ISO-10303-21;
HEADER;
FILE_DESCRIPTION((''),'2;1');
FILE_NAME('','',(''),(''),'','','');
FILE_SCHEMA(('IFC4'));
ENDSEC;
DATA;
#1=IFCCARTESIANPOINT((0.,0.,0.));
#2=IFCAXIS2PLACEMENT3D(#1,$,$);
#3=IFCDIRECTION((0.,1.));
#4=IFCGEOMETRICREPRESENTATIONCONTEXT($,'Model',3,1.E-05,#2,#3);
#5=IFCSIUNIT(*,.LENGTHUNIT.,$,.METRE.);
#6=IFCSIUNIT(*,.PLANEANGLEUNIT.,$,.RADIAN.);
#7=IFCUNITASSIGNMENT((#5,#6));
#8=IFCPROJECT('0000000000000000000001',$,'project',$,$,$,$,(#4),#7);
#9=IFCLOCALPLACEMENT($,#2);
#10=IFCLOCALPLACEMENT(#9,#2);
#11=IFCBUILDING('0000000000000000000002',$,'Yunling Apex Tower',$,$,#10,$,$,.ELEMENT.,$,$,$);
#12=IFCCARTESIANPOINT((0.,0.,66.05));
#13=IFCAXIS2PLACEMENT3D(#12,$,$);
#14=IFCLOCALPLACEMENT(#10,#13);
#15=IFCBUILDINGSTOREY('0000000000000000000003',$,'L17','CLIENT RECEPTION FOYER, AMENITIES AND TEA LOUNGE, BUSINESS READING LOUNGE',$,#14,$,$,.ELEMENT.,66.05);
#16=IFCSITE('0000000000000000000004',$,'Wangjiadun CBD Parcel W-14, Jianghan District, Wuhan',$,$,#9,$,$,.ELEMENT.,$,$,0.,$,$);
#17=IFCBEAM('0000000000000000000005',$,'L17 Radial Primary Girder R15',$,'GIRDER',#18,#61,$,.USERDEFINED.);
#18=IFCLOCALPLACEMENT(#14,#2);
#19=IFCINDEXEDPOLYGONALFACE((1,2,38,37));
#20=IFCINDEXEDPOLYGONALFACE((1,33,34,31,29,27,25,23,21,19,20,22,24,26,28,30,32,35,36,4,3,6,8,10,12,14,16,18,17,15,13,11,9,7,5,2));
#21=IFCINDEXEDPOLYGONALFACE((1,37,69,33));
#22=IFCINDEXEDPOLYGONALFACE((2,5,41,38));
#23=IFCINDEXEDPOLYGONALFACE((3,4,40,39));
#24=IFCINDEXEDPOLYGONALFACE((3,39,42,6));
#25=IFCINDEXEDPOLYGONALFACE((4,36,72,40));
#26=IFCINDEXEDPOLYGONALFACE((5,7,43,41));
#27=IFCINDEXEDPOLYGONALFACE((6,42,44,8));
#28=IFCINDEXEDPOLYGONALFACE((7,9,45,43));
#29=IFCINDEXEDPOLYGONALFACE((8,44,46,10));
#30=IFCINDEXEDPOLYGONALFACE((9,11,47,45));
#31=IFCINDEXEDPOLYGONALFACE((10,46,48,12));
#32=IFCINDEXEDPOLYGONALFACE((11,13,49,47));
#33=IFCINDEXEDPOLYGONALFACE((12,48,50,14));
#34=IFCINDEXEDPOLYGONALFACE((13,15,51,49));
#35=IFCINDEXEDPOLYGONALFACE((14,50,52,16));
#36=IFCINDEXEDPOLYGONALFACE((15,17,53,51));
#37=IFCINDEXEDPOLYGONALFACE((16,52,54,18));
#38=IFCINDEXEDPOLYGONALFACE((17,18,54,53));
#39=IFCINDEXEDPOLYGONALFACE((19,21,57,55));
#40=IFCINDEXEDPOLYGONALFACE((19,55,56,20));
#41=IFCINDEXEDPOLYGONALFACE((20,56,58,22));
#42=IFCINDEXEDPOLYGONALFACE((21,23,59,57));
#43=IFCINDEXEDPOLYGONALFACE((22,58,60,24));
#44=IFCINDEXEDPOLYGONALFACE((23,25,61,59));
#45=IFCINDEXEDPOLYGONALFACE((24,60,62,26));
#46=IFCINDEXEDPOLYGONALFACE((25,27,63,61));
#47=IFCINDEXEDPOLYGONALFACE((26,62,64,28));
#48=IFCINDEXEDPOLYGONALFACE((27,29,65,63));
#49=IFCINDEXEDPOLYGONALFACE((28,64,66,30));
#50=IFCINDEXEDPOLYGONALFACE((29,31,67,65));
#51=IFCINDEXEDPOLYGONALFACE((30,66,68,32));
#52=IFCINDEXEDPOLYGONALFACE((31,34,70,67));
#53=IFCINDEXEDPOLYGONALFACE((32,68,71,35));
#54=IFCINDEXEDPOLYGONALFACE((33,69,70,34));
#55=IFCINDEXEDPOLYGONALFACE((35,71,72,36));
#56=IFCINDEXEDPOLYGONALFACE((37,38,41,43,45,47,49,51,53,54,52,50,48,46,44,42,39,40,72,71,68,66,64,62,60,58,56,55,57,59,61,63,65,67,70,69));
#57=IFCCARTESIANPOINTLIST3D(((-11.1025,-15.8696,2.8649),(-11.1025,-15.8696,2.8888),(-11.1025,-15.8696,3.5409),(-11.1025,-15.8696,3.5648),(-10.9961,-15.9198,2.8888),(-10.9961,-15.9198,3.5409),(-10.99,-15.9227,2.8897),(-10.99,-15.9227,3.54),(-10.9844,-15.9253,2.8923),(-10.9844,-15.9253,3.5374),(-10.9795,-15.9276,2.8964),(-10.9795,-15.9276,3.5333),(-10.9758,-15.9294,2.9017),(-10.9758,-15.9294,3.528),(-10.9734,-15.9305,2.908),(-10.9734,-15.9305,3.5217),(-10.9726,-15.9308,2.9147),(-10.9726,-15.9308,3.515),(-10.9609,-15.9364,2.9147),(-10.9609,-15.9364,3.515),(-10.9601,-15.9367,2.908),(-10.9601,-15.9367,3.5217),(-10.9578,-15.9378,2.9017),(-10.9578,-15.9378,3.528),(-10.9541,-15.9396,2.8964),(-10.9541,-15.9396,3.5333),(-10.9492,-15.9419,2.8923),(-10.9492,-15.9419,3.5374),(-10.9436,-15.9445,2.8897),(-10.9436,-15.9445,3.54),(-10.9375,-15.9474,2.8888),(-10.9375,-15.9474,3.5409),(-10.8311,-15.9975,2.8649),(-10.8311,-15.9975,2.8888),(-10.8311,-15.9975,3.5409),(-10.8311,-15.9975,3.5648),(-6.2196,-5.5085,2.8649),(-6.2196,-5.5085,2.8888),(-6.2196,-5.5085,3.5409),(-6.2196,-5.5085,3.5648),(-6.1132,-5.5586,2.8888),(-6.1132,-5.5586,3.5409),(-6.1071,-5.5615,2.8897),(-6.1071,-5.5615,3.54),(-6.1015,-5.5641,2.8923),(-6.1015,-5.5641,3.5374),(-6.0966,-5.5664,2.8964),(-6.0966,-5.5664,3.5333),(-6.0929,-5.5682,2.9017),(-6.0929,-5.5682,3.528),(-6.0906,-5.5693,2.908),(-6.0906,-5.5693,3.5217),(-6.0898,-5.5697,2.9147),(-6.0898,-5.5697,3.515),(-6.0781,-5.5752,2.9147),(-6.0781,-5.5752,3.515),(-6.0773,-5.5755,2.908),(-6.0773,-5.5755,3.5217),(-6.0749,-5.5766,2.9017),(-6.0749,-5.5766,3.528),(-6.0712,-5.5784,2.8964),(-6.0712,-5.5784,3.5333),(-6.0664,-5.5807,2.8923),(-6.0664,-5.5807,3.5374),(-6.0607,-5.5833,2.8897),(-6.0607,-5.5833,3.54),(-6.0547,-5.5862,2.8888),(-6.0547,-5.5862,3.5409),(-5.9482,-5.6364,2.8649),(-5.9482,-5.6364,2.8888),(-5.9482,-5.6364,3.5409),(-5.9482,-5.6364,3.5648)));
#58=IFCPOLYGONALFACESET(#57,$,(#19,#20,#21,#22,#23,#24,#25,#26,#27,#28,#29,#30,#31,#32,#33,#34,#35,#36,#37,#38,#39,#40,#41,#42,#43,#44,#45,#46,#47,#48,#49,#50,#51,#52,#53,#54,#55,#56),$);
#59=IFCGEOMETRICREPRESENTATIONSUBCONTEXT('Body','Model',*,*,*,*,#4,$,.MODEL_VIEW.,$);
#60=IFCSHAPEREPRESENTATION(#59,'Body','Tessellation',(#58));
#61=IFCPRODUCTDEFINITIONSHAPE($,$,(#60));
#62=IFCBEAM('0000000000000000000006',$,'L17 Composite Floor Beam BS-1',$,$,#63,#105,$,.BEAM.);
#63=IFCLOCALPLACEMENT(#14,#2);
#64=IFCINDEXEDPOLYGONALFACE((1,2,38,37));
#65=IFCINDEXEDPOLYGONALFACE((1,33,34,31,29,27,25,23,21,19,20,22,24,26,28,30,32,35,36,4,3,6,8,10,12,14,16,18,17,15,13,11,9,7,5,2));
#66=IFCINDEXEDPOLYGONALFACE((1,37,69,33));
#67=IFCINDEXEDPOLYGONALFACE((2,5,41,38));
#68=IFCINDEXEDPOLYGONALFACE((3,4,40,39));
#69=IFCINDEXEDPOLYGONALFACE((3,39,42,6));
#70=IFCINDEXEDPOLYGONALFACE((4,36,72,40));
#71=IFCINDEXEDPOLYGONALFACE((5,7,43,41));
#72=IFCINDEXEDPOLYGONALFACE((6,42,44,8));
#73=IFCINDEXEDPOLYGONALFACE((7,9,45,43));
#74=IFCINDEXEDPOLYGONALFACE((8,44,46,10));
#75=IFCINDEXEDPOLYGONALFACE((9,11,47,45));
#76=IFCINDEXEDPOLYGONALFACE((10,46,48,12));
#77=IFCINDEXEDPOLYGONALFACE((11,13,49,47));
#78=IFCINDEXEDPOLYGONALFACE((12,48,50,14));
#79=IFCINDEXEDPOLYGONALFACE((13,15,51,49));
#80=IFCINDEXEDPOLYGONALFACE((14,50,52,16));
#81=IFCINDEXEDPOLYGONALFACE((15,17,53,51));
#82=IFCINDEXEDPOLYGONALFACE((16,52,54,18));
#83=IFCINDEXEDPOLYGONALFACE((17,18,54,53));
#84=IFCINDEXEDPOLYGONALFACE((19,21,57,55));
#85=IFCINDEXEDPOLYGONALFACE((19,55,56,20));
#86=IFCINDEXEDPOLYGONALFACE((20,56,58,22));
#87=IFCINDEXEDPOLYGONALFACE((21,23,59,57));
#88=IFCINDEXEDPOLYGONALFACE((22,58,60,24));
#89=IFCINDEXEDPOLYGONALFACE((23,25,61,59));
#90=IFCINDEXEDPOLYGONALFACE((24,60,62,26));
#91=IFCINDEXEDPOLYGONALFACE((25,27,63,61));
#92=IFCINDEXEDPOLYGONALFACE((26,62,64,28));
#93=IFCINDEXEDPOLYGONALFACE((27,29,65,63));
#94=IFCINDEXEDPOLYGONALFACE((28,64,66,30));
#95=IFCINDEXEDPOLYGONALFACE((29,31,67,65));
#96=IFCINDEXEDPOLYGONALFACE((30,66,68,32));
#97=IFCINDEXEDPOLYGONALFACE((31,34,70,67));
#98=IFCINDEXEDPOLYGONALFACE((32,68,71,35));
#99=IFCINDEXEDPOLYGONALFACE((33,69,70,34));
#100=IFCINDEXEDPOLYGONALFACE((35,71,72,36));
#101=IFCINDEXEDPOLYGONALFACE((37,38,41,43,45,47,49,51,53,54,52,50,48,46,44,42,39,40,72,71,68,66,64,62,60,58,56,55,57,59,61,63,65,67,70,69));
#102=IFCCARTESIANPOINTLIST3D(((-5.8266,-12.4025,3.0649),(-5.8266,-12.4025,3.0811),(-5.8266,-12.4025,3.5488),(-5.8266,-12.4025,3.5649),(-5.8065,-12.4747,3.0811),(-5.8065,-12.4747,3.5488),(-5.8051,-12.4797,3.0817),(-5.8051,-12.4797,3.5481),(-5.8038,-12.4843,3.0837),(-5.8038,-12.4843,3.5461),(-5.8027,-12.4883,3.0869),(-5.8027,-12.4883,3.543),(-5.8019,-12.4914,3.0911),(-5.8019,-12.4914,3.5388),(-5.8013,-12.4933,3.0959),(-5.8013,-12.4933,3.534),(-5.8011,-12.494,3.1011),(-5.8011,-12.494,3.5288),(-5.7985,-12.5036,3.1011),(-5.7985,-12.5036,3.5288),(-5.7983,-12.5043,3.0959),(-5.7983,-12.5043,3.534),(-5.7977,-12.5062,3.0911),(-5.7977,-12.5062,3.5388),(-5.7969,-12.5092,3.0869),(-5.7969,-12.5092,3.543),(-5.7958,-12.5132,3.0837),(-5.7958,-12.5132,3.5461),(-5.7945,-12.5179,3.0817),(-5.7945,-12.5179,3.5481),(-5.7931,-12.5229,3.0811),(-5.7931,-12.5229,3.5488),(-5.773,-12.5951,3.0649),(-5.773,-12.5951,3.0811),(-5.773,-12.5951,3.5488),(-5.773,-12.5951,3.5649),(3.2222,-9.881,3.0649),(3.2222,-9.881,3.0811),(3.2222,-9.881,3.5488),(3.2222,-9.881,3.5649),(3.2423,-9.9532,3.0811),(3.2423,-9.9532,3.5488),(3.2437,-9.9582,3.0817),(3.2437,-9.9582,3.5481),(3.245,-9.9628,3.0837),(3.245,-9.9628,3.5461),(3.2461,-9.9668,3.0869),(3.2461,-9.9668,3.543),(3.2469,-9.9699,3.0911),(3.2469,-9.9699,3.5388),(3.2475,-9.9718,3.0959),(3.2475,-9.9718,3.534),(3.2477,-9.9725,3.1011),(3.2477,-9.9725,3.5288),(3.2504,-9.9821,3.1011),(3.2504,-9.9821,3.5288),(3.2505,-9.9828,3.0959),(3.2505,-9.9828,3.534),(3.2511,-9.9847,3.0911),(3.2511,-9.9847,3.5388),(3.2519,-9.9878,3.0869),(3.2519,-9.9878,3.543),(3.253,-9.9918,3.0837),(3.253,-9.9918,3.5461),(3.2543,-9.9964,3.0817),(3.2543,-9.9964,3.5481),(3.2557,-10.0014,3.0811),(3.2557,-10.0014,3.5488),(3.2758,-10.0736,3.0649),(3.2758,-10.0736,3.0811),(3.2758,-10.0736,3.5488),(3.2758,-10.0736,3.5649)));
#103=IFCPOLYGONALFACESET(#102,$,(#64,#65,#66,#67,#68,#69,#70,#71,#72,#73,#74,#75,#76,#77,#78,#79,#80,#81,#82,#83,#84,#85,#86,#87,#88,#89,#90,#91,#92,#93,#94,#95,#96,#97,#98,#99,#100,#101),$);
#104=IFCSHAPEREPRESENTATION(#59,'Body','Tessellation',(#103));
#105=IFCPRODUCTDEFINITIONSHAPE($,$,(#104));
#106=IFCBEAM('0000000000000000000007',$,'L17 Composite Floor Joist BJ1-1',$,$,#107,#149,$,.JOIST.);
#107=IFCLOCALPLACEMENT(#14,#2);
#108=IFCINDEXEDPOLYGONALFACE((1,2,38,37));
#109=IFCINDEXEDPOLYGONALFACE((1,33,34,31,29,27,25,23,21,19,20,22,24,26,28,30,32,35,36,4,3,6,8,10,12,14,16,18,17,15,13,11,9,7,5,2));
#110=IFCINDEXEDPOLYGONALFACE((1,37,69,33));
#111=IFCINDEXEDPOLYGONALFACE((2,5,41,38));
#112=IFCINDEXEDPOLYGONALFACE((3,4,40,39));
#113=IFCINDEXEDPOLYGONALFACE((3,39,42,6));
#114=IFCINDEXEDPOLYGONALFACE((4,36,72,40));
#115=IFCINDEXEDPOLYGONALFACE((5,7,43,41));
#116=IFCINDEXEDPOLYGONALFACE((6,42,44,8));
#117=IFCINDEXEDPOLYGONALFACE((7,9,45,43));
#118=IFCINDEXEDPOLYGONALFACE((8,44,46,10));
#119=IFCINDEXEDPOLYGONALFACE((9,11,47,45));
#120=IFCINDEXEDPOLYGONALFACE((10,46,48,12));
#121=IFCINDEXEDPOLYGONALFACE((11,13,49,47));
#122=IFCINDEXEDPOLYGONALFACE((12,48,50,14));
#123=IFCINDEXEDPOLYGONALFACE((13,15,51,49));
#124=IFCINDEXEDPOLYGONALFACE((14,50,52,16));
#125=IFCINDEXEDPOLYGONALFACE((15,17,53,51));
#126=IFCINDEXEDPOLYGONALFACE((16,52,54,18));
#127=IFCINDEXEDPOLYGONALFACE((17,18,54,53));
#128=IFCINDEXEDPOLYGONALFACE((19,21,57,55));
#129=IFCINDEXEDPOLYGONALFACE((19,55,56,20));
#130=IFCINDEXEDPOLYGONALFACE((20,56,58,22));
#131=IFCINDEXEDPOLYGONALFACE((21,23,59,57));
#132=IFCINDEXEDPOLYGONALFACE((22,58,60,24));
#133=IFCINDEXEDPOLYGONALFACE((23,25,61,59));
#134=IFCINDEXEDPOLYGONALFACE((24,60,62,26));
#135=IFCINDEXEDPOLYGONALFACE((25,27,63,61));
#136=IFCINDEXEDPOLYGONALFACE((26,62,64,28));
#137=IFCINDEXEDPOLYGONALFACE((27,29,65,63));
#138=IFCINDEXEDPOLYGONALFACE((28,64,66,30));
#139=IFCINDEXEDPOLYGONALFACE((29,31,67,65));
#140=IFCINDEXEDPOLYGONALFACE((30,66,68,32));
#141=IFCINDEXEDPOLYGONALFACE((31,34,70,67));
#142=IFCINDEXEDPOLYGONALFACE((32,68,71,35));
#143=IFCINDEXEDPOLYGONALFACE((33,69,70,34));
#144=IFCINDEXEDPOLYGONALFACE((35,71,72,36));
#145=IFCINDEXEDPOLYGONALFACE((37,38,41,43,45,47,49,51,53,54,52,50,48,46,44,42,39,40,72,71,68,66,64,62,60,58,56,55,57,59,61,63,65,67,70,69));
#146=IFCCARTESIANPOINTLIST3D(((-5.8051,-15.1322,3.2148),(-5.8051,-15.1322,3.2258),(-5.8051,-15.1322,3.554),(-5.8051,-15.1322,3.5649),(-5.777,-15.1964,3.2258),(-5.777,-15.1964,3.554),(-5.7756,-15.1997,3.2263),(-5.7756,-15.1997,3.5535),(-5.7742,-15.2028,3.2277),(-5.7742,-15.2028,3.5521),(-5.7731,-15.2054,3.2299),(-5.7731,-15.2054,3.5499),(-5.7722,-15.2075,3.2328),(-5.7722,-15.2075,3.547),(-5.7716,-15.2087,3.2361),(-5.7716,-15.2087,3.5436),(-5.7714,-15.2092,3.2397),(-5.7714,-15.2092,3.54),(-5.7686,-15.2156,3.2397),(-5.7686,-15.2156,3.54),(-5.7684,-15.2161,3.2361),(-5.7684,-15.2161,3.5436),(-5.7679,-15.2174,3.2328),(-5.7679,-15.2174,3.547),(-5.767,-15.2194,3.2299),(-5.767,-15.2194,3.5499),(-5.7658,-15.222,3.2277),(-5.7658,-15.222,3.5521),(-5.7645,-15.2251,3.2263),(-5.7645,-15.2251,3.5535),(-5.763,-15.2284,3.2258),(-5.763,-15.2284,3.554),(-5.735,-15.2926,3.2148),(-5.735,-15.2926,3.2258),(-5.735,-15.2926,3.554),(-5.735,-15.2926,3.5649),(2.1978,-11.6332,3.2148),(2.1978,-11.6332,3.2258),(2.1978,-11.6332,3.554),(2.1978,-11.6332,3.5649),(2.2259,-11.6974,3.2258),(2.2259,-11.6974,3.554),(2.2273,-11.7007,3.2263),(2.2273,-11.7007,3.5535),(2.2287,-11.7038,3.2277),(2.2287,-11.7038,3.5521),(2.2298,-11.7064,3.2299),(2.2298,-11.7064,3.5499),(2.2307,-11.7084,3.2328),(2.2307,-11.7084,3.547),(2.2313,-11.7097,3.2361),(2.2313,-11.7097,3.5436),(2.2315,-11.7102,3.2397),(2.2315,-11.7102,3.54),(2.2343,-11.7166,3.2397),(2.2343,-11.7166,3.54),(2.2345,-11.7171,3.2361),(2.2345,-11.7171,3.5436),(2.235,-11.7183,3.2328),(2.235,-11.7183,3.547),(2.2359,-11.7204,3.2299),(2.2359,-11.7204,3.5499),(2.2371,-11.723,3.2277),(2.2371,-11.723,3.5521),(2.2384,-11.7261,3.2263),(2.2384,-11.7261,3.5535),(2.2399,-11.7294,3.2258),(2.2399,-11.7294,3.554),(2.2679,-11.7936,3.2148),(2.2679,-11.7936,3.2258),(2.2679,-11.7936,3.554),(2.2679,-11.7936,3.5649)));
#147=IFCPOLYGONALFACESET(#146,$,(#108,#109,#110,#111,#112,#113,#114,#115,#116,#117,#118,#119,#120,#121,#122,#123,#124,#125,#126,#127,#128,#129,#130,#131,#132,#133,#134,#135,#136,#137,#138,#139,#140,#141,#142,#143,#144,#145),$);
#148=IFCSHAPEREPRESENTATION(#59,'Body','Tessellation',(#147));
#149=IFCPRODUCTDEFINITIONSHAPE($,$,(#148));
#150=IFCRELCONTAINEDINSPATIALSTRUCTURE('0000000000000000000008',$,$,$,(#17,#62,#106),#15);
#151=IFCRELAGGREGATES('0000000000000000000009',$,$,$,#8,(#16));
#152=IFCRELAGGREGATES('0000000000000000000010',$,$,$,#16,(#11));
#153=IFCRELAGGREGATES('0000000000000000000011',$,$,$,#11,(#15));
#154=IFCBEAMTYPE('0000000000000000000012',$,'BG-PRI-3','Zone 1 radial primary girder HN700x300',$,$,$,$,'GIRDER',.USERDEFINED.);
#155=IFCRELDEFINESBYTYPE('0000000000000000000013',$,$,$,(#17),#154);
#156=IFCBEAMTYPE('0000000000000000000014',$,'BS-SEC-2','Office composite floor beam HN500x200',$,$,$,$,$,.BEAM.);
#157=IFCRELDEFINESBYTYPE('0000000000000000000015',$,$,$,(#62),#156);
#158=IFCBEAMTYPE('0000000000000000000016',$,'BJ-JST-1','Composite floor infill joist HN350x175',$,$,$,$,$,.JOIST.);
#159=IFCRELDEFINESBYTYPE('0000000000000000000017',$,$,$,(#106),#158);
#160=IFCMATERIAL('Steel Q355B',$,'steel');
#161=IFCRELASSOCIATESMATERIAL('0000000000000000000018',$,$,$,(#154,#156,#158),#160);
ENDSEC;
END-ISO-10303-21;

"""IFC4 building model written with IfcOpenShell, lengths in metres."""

from ifc_helpers import new_model, si_unit, direction, frame, origin, origin_2d, place, context, subcontext, project, spatial, i_section, extrude, source, transform, mapped, material, material_profile, profile_set, type_object, element, save


model = new_model("IFC4")

# Units and contexts
model_context = context("Model", 3, precision=1e-05, world=origin(), true_north=direction((0.0, 1.0)))
body_context = subcontext(model_context, "Body", "Model", "MODEL_VIEW")
ifc_project = project(units=[si_unit("LENGTHUNIT", "METRE"), si_unit("PLANEANGLEUNIT", "RADIAN")], contexts=[model_context])

# Site, building, storey
site_placement = place(None, origin())
site = spatial("IfcSite", under=ifc_project, at=site_placement, Name="Wangjiadun CBD Parcel W-14, Jianghan District, Wuhan", CompositionType="ELEMENT", RefElevation=0.0)
building_placement = place(site_placement, origin())
building = spatial("IfcBuilding", under=site, at=building_placement, Name="Yunling Apex Tower", CompositionType="ELEMENT")
storey_placement = place(building_placement, frame((0.0, 0.0, 66.05)))
storey = spatial("IfcBuildingStorey", under=building, at=storey_placement, Name="L17", Description="CLIENT RECEPTION FOYER, AMENITIES AND TEA LOUNGE, BUSINESS READING LOUNGE", CompositionType="ELEMENT", Elevation=66.05)

# Beams
ifc_material_1 = material(Name="Steel Q355B", Category="steel")
ifc_material_profile_1 = material_profile(ifc_material_1, i_section(OverallWidth=0.3, OverallDepth=0.7, WebThickness=0.0129, FlangeThickness=0.0239, FilletRadius=0.0259, at=origin_2d()))
ifc_profile_set_1 = profile_set([ifc_material_profile_1], Name="Steel Q355B")
beam_type_1 = type_object("IfcBeamType", Name="BG-PRI-3", Description="Zone 1 radial primary girder HN700x300", ElementType="GIRDER", PredefinedType="USERDEFINED", material=ifc_profile_set_1)
shared_shape_1 = source(origin(), body_context, "Body", "SweptSolid", [
    extrude(i_section(OverallWidth=0.3, OverallDepth=0.7, WebThickness=0.0129, FlangeThickness=0.0239, FilletRadius=0.0259, at=origin_2d()), origin(), (0.0, 0.0, 1.0), 11.4541),
])
beam_1_placement = place(storey_placement, frame((-10.9668, -15.9336, 3.2148), z_axis=(0.426298, 0.904583, 0.0), x_axis=(-0.904583, 0.426298, 0.0)))
element("IfcBeam", 1, at=beam_1_placement, inside=storey, type_object=beam_type_1, Name="L17 Radial Primary Girder R15", ObjectType="GIRDER", PredefinedType="USERDEFINED", context=body_context, shape_type="MappedRepresentation", body=[
    mapped(shared_shape_1, transform((0.0, 0.0, 0.0), scale=1.0)),
])
ifc_material_profile_2 = material_profile(ifc_material_1, i_section(OverallWidth=0.2, OverallDepth=0.5, WebThickness=0.01, FlangeThickness=0.0161, FilletRadius=0.02, at=origin_2d()))
ifc_profile_set_2 = profile_set([ifc_material_profile_2], Name="Steel Q355B")
beam_type_2 = type_object("IfcBeamType", Name="BS-SEC-2", Description="Office composite floor beam HN500x200", PredefinedType="BEAM", material=ifc_profile_set_2)
shared_shape_2 = source(origin(), body_context, "Body", "SweptSolid", [
    extrude(i_section(OverallWidth=0.2, OverallDepth=0.5, WebThickness=0.01, FlangeThickness=0.0161, FilletRadius=0.02, at=origin_2d()), origin(), (0.0, 0.0, 1.0), 9.3936),
])
beam_2_placement = place(storey_placement, frame((-5.7998, -12.4988, 3.3149), z_axis=(0.9633, 0.268427, 0.0), x_axis=(-0.268427, 0.9633, 0.0)))
element("IfcBeam", 2, at=beam_2_placement, inside=storey, type_object=beam_type_2, Name="L17 Composite Floor Beam BS-1", PredefinedType="BEAM", context=body_context, shape_type="MappedRepresentation", body=[
    mapped(shared_shape_2, transform((0.0, 0.0, 0.0), scale=1.0)),
])
ifc_material_profile_3 = material_profile(ifc_material_1, i_section(OverallWidth=0.175, OverallDepth=0.3501, WebThickness=0.0071, FlangeThickness=0.011, FilletRadius=0.0139, at=origin_2d()))
ifc_profile_set_3 = profile_set([ifc_material_profile_3], Name="Steel Q355B")
beam_type_3 = type_object("IfcBeamType", Name="BJ-JST-1", Description="Composite floor infill joist HN350x175", PredefinedType="JOIST", material=ifc_profile_set_3)
shared_shape_3 = source(origin(), body_context, "Body", "SweptSolid", [
    extrude(i_section(OverallWidth=0.175, OverallDepth=0.3501, WebThickness=0.0071, FlangeThickness=0.011, FilletRadius=0.0139, at=origin_2d()), origin(), (0.0, 0.0, 1.0), 8.7344),
])
beam_3_placement = place(storey_placement, frame((-5.77, -15.2124, 3.3899), z_axis=(0.916252, 0.400602, 0.0), x_axis=(-0.400602, 0.916252, 0.0)))
element("IfcBeam", 3, at=beam_3_placement, inside=storey, type_object=beam_type_3, Name="L17 Composite Floor Joist BJ1-1", PredefinedType="JOIST", context=body_context, shape_type="MappedRepresentation", body=[
    mapped(shared_shape_3, transform((0.0, 0.0, 0.0), scale=1.0)),
])

save(model, "model.ifc")
